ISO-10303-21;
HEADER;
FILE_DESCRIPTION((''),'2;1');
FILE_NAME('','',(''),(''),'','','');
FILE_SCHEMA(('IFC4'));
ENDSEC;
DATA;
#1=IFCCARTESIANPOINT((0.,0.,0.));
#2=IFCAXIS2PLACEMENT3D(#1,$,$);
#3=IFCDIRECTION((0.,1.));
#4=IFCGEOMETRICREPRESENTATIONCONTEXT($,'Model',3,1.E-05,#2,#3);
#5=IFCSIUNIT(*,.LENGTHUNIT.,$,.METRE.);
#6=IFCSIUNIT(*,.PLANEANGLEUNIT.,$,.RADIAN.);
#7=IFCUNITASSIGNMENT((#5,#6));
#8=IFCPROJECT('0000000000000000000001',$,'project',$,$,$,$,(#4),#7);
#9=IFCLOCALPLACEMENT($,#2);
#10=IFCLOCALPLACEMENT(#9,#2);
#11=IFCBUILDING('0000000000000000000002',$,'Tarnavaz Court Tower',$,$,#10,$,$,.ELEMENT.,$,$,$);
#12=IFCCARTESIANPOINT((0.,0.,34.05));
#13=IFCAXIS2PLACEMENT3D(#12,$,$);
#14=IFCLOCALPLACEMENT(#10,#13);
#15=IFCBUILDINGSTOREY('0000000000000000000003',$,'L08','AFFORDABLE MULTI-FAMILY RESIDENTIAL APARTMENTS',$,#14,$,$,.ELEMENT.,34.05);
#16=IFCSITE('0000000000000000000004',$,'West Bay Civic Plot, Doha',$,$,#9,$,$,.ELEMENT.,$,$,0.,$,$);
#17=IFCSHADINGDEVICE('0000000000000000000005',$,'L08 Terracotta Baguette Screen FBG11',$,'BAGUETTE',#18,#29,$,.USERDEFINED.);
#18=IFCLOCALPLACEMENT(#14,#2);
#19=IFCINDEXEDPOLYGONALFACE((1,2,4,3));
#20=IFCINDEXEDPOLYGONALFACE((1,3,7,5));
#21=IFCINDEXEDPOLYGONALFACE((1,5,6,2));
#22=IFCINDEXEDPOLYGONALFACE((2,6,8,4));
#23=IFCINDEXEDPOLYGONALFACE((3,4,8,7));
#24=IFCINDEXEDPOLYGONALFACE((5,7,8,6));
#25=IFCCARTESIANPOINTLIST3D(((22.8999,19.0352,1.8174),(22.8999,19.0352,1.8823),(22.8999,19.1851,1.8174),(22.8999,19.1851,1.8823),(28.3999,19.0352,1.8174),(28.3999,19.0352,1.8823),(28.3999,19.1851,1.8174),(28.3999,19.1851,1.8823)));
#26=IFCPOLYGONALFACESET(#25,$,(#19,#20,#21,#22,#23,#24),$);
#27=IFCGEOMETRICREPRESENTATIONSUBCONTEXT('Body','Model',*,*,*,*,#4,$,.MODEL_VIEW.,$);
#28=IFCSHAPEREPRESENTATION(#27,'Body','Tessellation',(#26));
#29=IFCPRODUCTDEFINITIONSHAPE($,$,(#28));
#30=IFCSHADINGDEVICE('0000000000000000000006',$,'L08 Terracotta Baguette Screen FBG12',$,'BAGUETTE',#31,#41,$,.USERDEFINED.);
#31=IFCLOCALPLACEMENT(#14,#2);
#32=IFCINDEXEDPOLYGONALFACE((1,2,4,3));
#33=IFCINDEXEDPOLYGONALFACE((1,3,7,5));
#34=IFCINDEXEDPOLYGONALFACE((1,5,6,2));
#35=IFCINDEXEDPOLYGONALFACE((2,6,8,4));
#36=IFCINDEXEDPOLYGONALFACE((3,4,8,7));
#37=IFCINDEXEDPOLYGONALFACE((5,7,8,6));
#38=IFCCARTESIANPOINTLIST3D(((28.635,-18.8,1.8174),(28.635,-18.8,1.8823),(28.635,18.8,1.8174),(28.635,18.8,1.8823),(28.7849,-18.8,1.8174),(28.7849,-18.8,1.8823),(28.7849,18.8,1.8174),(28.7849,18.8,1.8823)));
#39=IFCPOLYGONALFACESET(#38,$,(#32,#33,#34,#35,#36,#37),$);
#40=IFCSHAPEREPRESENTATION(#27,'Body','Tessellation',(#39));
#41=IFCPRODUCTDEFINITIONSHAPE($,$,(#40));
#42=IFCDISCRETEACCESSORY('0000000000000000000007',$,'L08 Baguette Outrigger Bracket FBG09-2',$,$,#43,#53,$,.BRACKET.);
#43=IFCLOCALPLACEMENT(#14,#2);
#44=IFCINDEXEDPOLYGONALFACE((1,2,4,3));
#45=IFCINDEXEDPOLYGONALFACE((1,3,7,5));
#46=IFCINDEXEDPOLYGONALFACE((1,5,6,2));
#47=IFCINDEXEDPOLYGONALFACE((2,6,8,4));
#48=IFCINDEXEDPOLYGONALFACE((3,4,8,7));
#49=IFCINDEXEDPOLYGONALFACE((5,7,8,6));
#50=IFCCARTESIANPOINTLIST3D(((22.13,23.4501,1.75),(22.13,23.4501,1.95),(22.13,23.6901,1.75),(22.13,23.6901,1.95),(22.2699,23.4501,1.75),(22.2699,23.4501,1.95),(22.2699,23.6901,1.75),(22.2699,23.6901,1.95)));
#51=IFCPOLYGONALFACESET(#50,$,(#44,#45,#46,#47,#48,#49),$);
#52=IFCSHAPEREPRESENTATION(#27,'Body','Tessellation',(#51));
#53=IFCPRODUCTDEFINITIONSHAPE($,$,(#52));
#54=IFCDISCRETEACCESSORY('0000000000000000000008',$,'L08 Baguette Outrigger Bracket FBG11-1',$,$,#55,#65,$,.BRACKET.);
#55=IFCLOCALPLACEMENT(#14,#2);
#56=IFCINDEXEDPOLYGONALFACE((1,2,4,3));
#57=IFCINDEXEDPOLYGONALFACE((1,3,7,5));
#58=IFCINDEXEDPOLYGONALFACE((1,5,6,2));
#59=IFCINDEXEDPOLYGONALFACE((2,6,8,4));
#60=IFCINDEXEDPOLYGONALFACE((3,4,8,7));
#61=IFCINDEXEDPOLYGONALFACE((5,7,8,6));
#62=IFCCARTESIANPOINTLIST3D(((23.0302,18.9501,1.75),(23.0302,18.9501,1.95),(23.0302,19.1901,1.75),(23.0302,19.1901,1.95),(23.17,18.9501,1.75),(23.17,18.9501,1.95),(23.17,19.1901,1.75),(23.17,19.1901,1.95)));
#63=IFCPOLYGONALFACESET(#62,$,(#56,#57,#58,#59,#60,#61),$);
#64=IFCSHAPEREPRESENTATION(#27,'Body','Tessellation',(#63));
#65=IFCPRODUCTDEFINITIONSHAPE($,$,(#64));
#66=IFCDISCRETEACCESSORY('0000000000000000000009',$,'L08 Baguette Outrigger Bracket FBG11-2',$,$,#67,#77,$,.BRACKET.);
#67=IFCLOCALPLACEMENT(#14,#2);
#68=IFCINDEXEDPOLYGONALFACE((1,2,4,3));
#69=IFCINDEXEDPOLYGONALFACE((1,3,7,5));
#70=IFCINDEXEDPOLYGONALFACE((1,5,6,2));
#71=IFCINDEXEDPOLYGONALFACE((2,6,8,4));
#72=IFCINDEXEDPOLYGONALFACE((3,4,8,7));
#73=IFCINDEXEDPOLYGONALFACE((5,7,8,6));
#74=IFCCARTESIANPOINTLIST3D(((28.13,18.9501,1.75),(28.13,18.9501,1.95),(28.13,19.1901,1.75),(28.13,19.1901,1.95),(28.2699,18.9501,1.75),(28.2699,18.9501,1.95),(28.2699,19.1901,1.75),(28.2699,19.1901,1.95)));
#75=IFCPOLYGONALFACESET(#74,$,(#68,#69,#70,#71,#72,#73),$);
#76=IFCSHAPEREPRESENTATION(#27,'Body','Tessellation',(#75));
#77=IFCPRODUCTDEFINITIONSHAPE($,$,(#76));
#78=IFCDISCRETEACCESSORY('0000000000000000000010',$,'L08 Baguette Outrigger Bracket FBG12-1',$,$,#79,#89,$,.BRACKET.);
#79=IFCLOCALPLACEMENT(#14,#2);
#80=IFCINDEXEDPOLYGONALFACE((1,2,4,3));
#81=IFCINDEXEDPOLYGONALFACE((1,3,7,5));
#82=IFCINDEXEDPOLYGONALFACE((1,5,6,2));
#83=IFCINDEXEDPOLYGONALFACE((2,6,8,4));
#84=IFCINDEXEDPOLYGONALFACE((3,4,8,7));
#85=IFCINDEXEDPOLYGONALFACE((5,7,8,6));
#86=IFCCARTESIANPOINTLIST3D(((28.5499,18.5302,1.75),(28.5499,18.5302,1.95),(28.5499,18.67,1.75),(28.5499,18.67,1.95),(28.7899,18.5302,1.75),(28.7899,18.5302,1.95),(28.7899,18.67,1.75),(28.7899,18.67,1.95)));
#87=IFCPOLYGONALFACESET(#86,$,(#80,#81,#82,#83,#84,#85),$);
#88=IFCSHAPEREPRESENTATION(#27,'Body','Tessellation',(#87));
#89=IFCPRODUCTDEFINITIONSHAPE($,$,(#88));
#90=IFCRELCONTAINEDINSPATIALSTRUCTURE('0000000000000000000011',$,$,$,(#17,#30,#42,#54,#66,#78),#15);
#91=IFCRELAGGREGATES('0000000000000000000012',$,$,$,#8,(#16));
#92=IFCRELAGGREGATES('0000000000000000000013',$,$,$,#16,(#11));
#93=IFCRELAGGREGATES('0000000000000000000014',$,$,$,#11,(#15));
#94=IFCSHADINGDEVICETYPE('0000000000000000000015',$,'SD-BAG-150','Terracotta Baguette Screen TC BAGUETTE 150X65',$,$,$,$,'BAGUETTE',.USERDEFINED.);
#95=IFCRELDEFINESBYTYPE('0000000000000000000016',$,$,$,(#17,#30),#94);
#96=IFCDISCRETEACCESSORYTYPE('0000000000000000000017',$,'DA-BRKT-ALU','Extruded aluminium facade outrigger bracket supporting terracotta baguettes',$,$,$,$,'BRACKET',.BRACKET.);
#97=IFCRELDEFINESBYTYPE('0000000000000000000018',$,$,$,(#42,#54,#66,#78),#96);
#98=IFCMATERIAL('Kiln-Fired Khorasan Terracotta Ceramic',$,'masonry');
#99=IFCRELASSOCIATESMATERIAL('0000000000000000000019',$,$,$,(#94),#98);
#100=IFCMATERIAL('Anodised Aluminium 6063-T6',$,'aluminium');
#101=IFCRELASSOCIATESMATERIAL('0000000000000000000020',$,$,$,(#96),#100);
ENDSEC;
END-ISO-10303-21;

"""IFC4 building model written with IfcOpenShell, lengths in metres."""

from ifc_helpers import new_model, si_unit, direction, frame, origin, origin_2d, place, context, subcontext, project, spatial, rectangle, extrude, material, material_profile, profile_set, type_object, element, save


model = new_model("IFC4")

# Units and contexts
model_context = context("Model", 3, precision=1e-05, world=origin(), true_north=direction((0.0, 1.0)))
body_context = subcontext(model_context, "Body", "Model", "MODEL_VIEW")
ifc_project = project(units=[si_unit("LENGTHUNIT", "METRE"), si_unit("PLANEANGLEUNIT", "RADIAN")], contexts=[model_context])

# Site, building, storey
site_placement = place(None, origin())
site = spatial("IfcSite", under=ifc_project, at=site_placement, Name="West Bay Civic Plot, Doha", CompositionType="ELEMENT", RefElevation=0.0)
building_placement = place(site_placement, origin())
building = spatial("IfcBuilding", under=site, at=building_placement, Name="Tarnavaz Court Tower", CompositionType="ELEMENT")
storey_placement = place(building_placement, frame((0.0, 0.0, 34.05)))
storey = spatial("IfcBuildingStorey", under=building, at=storey_placement, Name="L08", Description="AFFORDABLE MULTI-FAMILY RESIDENTIAL APARTMENTS", CompositionType="ELEMENT", Elevation=34.05)

# Shading devices
ifc_material_1 = material(Name="Kiln-Fired Khorasan Terracotta Ceramic", Category="masonry")
ifc_material_profile_1 = material_profile(ifc_material_1, rectangle(XDim=0.1499, YDim=0.0649, at=origin_2d()), Name="TC BAGUETTE 150X65")
ifc_profile_set_1 = profile_set([ifc_material_profile_1], Name="Kiln-Fired Khorasan Terracotta Ceramic")
shading_device_type = type_object("IfcShadingDeviceType", Name="SD-BAG-150", Description="Terracotta Baguette Screen TC BAGUETTE 150X65", ElementType="BAGUETTE", PredefinedType="USERDEFINED", material=ifc_profile_set_1)
shading_device_1_placement = place(storey_placement, frame((22.8999, 19.1101, 1.8499), z_axis=(1.0, 0.0, 0.0), x_axis=(0.0, 1.0, 0.0)))
element("IfcShadingDevice", 1, at=shading_device_1_placement, inside=storey, type_object=shading_device_type, Name="L08 Terracotta Baguette Screen FBG11", ObjectType="BAGUETTE", PredefinedType="USERDEFINED", context=body_context, shape_type="SweptSolid", body=[
    extrude(rectangle(XDim=0.1499, YDim=0.0649, at=origin_2d()), origin(), (0.0, 0.0, 1.0), 5.5),
])
shading_device_2_placement = place(storey_placement, frame((28.71, 18.8, 1.8499), z_axis=(0.0, -1.0, 0.0), x_axis=(1.0, 0.0, 0.0)))
element("IfcShadingDevice", 2, at=shading_device_2_placement, inside=storey, type_object=shading_device_type, Name="L08 Terracotta Baguette Screen FBG12", ObjectType="BAGUETTE", PredefinedType="USERDEFINED", context=body_context, shape_type="SweptSolid", body=[
    extrude(rectangle(XDim=0.1499, YDim=0.0649, at=origin_2d()), origin(), (0.0, 0.0, 1.0), 37.6001),
])

# Discrete accessories
ifc_material_2 = material(Name="Anodised Aluminium 6063-T6", Category="aluminium")
discrete_accessory_type = type_object("IfcDiscreteAccessoryType", Name="DA-BRKT-ALU", Description="Extruded aluminium facade outrigger bracket supporting terracotta baguettes", ElementType="BRACKET", PredefinedType="BRACKET", material=ifc_material_2)
for number, where, z_axis, x_axis, name in (
    (3, (22.2, 23.5701, 1.75), (0.0, 0.0, 1.0), (1.0, 0.0, 0.0), "L08 Baguette Outrigger Bracket FBG09-2"),
    (4, (23.1001, 19.0701, 1.75), (0.0, 0.0, 1.0), (1.0, 0.0, 0.0), "L08 Baguette Outrigger Bracket FBG11-1"),
    (5, (28.2, 19.0701, 1.75), (0.0, 0.0, 1.0), (1.0, 0.0, 0.0), "L08 Baguette Outrigger Bracket FBG11-2"),
    (6, (28.6699, 18.6001, 1.75), (0.0, 0.0, 1.0), (0.0, -1.0, 0.0), "L08 Baguette Outrigger Bracket FBG12-1"),
):
    element("IfcDiscreteAccessory", number, at=place(storey_placement, frame(where, z_axis=z_axis, x_axis=x_axis)), inside=storey, type_object=discrete_accessory_type, Name=name, PredefinedType="BRACKET", context=body_context, shape_type="SweptSolid", body=[
        extrude(rectangle(XDim=0.1399, YDim=0.24, at=origin_2d()), origin(), (0.0, 0.0, 1.0), 0.2),
    ])

save(model, "model.ifc")
